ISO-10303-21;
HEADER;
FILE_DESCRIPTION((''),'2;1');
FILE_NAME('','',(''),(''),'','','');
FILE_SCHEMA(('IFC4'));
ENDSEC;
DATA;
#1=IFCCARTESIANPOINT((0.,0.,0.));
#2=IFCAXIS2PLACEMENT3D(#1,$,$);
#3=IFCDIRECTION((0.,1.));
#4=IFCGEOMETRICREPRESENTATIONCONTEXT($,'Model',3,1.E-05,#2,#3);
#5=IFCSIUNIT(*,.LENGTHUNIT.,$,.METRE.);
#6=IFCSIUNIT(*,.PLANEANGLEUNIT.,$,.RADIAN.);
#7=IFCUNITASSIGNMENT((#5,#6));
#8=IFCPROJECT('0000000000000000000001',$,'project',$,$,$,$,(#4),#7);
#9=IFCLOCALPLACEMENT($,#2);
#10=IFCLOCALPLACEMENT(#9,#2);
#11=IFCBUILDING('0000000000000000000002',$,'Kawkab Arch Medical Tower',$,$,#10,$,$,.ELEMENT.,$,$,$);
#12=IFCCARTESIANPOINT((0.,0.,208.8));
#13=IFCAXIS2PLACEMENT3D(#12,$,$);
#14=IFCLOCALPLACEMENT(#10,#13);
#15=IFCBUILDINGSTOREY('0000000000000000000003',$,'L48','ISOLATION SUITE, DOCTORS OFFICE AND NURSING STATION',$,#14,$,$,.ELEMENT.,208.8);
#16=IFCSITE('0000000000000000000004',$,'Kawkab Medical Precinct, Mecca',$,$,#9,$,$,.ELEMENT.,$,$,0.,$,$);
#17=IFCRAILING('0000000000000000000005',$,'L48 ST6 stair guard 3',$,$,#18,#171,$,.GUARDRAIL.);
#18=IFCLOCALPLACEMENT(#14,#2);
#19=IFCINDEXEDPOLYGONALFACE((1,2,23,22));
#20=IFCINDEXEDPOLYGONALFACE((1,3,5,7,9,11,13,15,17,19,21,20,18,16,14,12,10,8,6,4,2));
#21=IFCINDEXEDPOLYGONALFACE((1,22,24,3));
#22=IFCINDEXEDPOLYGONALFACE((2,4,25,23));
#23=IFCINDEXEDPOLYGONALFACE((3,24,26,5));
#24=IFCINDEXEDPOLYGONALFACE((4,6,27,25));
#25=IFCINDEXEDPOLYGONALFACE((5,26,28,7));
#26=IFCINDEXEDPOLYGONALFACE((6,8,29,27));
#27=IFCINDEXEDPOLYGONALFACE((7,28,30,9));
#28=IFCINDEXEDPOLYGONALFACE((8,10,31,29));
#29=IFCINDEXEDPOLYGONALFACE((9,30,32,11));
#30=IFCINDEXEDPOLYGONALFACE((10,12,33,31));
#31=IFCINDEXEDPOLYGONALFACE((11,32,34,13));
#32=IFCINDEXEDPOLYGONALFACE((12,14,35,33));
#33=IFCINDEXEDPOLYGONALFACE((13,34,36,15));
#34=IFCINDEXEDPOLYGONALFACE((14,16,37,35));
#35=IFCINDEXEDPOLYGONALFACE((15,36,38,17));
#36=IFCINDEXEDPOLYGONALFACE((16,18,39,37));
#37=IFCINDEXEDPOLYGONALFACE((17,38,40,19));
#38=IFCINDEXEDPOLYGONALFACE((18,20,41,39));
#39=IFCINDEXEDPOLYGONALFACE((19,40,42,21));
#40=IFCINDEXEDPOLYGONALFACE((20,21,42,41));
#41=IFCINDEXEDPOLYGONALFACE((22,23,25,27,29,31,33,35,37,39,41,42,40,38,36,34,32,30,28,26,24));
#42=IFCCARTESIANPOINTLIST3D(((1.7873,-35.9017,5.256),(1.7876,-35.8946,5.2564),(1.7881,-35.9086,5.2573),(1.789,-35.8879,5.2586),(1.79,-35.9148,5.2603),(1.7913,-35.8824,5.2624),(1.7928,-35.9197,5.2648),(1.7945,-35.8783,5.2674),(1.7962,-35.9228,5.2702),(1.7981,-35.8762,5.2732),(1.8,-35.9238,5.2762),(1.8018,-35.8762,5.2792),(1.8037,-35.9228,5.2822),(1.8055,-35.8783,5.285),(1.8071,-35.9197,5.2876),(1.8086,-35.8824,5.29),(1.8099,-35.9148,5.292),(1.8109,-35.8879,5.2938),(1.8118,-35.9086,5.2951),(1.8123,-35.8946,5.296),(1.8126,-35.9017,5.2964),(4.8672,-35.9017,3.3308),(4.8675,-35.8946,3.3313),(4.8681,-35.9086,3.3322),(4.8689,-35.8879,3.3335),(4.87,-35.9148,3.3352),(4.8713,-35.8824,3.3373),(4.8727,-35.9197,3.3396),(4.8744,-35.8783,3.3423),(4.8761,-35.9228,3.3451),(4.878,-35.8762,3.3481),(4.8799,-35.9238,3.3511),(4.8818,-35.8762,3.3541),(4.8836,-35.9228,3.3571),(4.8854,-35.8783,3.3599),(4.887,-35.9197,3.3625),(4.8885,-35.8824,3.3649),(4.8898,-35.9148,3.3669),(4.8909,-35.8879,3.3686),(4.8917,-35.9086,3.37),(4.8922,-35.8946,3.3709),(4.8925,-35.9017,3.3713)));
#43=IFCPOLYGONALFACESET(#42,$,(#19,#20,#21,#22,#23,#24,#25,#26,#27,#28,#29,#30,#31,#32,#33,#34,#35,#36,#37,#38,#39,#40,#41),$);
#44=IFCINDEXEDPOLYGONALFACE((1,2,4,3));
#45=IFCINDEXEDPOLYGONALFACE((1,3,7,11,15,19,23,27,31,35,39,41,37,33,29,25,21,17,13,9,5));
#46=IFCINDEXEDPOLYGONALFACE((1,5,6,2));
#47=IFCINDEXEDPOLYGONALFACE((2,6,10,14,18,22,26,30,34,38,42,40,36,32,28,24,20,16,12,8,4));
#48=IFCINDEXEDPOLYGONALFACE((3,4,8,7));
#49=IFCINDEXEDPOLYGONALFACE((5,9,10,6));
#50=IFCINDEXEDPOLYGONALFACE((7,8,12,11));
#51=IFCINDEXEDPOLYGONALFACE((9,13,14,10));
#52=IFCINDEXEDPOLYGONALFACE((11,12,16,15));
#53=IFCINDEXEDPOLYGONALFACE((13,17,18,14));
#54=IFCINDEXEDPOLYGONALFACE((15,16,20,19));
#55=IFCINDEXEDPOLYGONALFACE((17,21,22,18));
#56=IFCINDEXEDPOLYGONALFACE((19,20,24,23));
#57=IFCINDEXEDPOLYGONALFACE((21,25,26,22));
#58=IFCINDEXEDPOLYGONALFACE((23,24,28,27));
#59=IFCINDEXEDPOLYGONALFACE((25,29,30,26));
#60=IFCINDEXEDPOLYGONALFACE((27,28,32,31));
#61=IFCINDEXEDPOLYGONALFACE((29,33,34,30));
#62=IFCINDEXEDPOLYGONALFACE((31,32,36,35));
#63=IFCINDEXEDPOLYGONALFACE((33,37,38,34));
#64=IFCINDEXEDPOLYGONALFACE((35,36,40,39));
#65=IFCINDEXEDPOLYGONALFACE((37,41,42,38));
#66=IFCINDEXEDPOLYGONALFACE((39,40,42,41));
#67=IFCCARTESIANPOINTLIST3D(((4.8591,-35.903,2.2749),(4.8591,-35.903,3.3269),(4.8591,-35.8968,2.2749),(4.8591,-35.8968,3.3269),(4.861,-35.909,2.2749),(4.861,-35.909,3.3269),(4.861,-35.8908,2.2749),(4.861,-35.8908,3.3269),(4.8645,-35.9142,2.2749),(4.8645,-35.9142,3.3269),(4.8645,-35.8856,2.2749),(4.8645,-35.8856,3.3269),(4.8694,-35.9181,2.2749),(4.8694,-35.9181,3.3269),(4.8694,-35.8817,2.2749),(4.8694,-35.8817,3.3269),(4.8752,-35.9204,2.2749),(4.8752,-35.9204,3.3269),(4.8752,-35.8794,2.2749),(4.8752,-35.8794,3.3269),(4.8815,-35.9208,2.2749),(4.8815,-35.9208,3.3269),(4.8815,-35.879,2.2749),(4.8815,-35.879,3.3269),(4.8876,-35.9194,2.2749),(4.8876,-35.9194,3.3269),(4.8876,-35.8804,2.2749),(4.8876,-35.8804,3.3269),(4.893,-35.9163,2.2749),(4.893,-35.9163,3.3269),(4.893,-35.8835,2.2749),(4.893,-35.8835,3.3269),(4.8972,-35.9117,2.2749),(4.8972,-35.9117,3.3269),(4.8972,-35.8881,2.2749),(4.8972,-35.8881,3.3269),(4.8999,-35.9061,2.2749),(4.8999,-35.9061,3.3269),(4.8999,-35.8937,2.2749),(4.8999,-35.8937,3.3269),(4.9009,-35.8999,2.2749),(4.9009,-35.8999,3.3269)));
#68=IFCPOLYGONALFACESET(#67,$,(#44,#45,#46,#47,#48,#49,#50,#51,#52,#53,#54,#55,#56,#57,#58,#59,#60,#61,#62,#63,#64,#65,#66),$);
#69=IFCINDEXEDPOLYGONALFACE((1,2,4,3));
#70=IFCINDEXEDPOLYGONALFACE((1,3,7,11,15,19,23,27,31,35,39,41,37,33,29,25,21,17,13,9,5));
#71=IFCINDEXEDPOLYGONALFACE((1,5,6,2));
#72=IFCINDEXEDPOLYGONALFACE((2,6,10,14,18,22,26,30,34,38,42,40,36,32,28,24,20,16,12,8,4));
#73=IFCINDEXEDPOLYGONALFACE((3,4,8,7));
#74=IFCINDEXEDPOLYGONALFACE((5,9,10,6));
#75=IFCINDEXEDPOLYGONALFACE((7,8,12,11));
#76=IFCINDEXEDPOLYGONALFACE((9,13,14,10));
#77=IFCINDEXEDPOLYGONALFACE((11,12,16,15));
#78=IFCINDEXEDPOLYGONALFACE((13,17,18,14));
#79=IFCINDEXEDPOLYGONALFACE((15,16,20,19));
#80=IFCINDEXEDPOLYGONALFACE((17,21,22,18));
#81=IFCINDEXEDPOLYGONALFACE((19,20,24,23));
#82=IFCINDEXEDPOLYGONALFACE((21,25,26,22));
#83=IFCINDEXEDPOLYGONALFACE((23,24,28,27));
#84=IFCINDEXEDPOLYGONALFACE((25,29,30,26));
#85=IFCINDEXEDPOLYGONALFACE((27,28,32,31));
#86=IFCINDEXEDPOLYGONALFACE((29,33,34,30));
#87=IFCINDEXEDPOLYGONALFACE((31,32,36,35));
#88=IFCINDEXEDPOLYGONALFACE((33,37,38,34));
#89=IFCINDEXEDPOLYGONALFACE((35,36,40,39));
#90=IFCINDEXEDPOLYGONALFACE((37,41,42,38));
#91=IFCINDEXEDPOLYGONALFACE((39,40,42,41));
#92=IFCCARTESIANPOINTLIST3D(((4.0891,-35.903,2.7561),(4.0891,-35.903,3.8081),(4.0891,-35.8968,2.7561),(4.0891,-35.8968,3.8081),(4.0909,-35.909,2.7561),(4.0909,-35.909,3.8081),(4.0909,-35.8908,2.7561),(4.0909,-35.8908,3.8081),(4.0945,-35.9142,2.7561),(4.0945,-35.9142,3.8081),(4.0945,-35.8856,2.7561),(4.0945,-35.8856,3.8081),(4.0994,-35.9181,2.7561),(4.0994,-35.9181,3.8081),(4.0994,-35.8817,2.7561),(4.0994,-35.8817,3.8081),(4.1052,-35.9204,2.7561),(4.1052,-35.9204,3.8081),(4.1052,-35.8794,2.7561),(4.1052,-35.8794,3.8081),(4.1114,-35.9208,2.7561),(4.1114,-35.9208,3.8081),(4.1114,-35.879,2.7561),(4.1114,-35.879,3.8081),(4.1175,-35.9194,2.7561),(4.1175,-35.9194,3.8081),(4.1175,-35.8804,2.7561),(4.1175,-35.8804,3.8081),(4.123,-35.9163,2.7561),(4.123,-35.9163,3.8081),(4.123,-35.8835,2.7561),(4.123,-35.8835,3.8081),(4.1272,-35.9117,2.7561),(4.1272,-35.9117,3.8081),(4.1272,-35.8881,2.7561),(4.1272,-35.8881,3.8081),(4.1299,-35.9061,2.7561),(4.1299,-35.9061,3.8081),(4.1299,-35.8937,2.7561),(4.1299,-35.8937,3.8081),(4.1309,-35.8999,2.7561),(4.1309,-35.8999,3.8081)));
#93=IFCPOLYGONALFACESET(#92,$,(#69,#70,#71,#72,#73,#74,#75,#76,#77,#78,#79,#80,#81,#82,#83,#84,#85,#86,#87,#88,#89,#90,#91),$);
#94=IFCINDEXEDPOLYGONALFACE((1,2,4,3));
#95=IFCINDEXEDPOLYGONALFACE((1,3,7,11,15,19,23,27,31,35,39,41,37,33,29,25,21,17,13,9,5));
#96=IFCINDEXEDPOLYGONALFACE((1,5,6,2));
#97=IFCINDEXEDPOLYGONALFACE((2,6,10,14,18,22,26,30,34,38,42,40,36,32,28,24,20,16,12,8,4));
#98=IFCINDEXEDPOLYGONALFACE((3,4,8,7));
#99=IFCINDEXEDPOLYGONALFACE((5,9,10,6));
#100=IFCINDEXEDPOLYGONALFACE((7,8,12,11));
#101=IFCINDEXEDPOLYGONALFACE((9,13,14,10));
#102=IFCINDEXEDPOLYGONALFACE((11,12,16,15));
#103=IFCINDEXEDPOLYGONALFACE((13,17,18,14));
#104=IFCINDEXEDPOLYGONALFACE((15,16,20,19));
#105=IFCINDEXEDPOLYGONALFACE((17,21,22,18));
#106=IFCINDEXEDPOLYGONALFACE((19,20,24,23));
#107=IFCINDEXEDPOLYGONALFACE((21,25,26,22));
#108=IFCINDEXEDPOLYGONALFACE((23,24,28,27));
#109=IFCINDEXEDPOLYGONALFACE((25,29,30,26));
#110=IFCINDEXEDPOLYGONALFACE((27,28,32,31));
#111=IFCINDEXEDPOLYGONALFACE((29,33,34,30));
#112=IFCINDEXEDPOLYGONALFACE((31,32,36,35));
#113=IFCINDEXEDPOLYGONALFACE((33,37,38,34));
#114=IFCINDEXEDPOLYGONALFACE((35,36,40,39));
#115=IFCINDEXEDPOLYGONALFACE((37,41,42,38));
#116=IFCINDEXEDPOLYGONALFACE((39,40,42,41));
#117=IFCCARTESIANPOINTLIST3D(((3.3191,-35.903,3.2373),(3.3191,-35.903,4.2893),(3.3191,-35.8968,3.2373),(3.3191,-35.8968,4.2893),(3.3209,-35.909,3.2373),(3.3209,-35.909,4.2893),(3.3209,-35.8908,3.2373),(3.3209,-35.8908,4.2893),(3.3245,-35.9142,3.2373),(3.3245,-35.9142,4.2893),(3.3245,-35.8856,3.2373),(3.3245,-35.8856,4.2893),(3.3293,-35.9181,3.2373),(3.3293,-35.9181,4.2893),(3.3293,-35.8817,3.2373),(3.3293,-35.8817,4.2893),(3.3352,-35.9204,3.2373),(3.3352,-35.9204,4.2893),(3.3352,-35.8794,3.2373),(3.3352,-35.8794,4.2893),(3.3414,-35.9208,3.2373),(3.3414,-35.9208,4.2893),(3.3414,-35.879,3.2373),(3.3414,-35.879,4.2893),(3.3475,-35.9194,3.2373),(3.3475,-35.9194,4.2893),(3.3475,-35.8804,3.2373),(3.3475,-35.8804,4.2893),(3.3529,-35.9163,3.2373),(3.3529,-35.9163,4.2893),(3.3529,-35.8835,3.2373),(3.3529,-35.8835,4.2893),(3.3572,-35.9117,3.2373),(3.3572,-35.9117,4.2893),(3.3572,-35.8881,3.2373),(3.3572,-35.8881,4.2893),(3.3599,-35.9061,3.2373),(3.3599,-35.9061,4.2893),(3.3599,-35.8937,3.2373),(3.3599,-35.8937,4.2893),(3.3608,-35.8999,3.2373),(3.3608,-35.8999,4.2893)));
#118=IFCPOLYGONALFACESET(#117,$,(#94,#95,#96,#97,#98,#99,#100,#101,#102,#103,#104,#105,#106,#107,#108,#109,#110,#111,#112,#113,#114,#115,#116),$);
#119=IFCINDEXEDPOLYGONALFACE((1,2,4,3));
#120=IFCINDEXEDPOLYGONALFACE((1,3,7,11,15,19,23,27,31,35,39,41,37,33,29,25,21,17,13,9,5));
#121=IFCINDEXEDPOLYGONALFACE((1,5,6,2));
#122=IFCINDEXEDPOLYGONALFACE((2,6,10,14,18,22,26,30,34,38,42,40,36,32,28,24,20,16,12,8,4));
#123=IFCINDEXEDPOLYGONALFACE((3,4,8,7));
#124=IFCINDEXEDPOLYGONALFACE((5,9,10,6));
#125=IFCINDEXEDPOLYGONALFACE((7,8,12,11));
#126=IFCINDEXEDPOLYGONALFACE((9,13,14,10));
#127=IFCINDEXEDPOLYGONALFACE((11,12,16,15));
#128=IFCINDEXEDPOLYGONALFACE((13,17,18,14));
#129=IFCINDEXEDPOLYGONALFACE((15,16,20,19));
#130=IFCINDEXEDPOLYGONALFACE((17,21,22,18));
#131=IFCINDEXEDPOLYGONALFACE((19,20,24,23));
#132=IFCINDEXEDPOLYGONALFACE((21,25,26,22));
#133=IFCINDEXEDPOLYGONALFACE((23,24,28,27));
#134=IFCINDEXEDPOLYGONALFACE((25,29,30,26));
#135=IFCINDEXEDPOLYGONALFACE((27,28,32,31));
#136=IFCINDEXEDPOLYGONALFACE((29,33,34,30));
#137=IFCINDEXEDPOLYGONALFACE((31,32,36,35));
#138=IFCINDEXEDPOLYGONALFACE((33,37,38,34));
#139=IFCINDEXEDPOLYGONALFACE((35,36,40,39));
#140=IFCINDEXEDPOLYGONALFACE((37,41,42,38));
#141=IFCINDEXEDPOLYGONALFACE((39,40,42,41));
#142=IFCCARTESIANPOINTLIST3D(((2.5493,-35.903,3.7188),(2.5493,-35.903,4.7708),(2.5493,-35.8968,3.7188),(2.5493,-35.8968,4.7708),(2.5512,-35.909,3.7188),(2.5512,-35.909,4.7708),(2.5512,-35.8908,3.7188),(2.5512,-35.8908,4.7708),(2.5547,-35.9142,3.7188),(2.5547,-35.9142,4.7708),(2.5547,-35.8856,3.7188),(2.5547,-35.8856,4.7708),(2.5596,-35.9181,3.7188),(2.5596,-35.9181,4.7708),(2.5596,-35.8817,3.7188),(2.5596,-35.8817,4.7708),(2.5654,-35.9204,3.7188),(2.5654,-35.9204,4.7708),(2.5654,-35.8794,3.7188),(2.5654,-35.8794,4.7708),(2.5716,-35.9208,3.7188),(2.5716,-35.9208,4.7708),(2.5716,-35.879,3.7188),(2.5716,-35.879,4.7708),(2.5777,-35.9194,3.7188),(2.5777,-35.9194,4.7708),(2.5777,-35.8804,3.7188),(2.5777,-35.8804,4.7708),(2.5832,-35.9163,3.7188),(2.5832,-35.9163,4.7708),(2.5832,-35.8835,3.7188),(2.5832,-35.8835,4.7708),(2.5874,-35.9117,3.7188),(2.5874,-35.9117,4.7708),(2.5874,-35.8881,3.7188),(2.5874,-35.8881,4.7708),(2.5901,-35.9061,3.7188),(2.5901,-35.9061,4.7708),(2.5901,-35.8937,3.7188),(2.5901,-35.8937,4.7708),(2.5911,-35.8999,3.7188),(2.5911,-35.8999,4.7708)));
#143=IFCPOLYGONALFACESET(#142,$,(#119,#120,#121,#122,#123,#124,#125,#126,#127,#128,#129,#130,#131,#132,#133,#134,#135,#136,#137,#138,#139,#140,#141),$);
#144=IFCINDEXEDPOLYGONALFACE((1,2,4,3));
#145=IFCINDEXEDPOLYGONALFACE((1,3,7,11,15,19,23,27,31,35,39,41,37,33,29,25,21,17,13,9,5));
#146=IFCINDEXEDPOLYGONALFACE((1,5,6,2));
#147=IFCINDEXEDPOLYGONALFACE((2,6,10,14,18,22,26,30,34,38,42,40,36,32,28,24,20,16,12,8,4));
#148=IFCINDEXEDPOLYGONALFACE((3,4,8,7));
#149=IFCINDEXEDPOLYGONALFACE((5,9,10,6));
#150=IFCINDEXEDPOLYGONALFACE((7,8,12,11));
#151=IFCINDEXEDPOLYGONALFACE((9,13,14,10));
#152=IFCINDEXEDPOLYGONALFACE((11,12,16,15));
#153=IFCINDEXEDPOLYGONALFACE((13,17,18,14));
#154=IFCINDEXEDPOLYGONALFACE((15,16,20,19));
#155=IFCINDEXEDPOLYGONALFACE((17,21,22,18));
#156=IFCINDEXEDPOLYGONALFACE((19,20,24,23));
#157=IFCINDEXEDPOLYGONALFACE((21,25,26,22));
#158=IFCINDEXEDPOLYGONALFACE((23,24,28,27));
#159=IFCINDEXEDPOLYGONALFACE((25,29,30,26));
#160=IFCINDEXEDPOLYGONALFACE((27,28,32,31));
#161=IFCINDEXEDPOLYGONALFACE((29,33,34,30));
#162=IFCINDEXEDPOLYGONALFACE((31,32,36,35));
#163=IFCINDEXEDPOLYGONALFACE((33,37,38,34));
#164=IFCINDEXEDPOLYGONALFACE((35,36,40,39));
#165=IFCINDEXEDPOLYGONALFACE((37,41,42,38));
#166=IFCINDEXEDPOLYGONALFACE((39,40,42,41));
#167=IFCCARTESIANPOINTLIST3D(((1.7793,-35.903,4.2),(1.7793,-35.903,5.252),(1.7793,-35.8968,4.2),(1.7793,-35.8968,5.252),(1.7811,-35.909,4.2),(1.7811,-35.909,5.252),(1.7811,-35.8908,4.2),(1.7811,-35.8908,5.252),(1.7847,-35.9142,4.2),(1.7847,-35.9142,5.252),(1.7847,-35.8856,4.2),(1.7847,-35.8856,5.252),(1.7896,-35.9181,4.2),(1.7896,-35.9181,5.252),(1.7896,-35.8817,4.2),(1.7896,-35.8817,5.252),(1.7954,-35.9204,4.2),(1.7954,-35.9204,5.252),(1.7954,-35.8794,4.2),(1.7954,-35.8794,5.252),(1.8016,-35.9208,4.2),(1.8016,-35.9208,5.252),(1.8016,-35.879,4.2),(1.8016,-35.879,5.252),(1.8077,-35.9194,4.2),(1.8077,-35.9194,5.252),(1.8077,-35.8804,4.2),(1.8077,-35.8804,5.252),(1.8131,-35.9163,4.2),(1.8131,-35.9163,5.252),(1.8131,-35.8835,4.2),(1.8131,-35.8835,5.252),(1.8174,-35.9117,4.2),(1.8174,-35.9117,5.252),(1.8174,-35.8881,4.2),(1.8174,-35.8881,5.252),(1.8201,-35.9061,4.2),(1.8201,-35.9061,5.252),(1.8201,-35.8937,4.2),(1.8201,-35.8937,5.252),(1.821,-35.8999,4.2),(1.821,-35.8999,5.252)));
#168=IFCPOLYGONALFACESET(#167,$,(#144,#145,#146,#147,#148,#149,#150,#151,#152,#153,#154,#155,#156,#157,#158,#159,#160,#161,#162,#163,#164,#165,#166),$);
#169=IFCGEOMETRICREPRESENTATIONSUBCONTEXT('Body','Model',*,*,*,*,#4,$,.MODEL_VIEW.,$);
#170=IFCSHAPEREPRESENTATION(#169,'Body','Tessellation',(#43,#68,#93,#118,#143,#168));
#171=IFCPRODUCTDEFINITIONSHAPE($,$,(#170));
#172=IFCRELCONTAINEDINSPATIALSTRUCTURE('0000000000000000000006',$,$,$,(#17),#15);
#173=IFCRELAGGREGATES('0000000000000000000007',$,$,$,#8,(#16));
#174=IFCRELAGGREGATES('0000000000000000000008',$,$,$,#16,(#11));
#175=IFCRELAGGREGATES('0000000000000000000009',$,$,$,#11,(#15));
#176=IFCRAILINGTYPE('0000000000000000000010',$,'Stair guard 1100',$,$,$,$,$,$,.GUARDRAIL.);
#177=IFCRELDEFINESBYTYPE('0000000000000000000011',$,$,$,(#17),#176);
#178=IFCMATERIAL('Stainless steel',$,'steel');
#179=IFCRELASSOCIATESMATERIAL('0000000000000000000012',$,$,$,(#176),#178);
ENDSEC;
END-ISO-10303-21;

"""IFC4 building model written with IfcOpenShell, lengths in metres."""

from ifc_helpers import new_model, si_unit, direction, frame, origin, origin_2d, place, context, subcontext, project, spatial, circle, extrude, material, type_object, element, save


model = new_model("IFC4")

# Units and contexts
model_context = context("Model", 3, precision=1e-05, world=origin(), true_north=direction((0.0, 1.0)))
body_context = subcontext(model_context, "Body", "Model", "MODEL_VIEW")
ifc_project = project(units=[si_unit("LENGTHUNIT", "METRE"), si_unit("PLANEANGLEUNIT", "RADIAN")], contexts=[model_context])

# Site, building, storey
site_placement = place(None, origin())
site = spatial("IfcSite", under=ifc_project, at=site_placement, Name="Kawkab Medical Precinct, Mecca", CompositionType="ELEMENT", RefElevation=0.0)
building_placement = place(site_placement, origin())
building = spatial("IfcBuilding", under=site, at=building_placement, Name="Kawkab Arch Medical Tower", CompositionType="ELEMENT")
storey_placement = place(building_placement, frame((0.0, 0.0, 208.8)))
storey = spatial("IfcBuildingStorey", under=building, at=storey_placement, Name="L48", Description="ISOLATION SUITE, DOCTORS OFFICE AND NURSING STATION", CompositionType="ELEMENT", Elevation=208.8)

# Railing
ifc_material_1 = material(Name="Stainless steel", Category="steel")
railing_type = type_object("IfcRailingType", Name="Stair guard 1100", PredefinedType="GUARDRAIL", material=ifc_material_1)
railing_1_placement = place(storey_placement, frame((4.8799, -35.8999, 2.2749)))
element("IfcRailing", 1, at=railing_1_placement, inside=storey, type_object=railing_type, Name="L48 ST6 stair guard 3", PredefinedType="GUARDRAIL", context=body_context, shape_type="SweptSolid", body=[
    extrude(circle(Radius=0.0239, at=origin_2d()), frame((0.0, 0.0, 1.0762), z_axis=(-0.847979, 0.0, 0.530029), x_axis=(0.0, -1.0, 0.0)), (0.0, 0.0, 1.0), 3.6321),
    extrude(circle(Radius=0.021, at=origin_2d()), origin(), (0.0, 0.0, 1.0), 1.052),
    extrude(circle(Radius=0.021, at=origin_2d()), frame((-0.77, 0.0, 0.4812)), (0.0, 0.0, 1.0), 1.052),
    extrude(circle(Radius=0.021, at=origin_2d()), frame((-1.54, 0.0, 0.9624)), (0.0, 0.0, 1.0), 1.052),
    extrude(circle(Radius=0.021, at=origin_2d()), frame((-2.3098, 0.0, 1.4438)), (0.0, 0.0, 1.0), 1.052),
    extrude(circle(Radius=0.021, at=origin_2d()), frame((-3.0798, 0.0, 1.925)), (0.0, 0.0, 1.0), 1.052),
])

save(model, "model.ifc")
